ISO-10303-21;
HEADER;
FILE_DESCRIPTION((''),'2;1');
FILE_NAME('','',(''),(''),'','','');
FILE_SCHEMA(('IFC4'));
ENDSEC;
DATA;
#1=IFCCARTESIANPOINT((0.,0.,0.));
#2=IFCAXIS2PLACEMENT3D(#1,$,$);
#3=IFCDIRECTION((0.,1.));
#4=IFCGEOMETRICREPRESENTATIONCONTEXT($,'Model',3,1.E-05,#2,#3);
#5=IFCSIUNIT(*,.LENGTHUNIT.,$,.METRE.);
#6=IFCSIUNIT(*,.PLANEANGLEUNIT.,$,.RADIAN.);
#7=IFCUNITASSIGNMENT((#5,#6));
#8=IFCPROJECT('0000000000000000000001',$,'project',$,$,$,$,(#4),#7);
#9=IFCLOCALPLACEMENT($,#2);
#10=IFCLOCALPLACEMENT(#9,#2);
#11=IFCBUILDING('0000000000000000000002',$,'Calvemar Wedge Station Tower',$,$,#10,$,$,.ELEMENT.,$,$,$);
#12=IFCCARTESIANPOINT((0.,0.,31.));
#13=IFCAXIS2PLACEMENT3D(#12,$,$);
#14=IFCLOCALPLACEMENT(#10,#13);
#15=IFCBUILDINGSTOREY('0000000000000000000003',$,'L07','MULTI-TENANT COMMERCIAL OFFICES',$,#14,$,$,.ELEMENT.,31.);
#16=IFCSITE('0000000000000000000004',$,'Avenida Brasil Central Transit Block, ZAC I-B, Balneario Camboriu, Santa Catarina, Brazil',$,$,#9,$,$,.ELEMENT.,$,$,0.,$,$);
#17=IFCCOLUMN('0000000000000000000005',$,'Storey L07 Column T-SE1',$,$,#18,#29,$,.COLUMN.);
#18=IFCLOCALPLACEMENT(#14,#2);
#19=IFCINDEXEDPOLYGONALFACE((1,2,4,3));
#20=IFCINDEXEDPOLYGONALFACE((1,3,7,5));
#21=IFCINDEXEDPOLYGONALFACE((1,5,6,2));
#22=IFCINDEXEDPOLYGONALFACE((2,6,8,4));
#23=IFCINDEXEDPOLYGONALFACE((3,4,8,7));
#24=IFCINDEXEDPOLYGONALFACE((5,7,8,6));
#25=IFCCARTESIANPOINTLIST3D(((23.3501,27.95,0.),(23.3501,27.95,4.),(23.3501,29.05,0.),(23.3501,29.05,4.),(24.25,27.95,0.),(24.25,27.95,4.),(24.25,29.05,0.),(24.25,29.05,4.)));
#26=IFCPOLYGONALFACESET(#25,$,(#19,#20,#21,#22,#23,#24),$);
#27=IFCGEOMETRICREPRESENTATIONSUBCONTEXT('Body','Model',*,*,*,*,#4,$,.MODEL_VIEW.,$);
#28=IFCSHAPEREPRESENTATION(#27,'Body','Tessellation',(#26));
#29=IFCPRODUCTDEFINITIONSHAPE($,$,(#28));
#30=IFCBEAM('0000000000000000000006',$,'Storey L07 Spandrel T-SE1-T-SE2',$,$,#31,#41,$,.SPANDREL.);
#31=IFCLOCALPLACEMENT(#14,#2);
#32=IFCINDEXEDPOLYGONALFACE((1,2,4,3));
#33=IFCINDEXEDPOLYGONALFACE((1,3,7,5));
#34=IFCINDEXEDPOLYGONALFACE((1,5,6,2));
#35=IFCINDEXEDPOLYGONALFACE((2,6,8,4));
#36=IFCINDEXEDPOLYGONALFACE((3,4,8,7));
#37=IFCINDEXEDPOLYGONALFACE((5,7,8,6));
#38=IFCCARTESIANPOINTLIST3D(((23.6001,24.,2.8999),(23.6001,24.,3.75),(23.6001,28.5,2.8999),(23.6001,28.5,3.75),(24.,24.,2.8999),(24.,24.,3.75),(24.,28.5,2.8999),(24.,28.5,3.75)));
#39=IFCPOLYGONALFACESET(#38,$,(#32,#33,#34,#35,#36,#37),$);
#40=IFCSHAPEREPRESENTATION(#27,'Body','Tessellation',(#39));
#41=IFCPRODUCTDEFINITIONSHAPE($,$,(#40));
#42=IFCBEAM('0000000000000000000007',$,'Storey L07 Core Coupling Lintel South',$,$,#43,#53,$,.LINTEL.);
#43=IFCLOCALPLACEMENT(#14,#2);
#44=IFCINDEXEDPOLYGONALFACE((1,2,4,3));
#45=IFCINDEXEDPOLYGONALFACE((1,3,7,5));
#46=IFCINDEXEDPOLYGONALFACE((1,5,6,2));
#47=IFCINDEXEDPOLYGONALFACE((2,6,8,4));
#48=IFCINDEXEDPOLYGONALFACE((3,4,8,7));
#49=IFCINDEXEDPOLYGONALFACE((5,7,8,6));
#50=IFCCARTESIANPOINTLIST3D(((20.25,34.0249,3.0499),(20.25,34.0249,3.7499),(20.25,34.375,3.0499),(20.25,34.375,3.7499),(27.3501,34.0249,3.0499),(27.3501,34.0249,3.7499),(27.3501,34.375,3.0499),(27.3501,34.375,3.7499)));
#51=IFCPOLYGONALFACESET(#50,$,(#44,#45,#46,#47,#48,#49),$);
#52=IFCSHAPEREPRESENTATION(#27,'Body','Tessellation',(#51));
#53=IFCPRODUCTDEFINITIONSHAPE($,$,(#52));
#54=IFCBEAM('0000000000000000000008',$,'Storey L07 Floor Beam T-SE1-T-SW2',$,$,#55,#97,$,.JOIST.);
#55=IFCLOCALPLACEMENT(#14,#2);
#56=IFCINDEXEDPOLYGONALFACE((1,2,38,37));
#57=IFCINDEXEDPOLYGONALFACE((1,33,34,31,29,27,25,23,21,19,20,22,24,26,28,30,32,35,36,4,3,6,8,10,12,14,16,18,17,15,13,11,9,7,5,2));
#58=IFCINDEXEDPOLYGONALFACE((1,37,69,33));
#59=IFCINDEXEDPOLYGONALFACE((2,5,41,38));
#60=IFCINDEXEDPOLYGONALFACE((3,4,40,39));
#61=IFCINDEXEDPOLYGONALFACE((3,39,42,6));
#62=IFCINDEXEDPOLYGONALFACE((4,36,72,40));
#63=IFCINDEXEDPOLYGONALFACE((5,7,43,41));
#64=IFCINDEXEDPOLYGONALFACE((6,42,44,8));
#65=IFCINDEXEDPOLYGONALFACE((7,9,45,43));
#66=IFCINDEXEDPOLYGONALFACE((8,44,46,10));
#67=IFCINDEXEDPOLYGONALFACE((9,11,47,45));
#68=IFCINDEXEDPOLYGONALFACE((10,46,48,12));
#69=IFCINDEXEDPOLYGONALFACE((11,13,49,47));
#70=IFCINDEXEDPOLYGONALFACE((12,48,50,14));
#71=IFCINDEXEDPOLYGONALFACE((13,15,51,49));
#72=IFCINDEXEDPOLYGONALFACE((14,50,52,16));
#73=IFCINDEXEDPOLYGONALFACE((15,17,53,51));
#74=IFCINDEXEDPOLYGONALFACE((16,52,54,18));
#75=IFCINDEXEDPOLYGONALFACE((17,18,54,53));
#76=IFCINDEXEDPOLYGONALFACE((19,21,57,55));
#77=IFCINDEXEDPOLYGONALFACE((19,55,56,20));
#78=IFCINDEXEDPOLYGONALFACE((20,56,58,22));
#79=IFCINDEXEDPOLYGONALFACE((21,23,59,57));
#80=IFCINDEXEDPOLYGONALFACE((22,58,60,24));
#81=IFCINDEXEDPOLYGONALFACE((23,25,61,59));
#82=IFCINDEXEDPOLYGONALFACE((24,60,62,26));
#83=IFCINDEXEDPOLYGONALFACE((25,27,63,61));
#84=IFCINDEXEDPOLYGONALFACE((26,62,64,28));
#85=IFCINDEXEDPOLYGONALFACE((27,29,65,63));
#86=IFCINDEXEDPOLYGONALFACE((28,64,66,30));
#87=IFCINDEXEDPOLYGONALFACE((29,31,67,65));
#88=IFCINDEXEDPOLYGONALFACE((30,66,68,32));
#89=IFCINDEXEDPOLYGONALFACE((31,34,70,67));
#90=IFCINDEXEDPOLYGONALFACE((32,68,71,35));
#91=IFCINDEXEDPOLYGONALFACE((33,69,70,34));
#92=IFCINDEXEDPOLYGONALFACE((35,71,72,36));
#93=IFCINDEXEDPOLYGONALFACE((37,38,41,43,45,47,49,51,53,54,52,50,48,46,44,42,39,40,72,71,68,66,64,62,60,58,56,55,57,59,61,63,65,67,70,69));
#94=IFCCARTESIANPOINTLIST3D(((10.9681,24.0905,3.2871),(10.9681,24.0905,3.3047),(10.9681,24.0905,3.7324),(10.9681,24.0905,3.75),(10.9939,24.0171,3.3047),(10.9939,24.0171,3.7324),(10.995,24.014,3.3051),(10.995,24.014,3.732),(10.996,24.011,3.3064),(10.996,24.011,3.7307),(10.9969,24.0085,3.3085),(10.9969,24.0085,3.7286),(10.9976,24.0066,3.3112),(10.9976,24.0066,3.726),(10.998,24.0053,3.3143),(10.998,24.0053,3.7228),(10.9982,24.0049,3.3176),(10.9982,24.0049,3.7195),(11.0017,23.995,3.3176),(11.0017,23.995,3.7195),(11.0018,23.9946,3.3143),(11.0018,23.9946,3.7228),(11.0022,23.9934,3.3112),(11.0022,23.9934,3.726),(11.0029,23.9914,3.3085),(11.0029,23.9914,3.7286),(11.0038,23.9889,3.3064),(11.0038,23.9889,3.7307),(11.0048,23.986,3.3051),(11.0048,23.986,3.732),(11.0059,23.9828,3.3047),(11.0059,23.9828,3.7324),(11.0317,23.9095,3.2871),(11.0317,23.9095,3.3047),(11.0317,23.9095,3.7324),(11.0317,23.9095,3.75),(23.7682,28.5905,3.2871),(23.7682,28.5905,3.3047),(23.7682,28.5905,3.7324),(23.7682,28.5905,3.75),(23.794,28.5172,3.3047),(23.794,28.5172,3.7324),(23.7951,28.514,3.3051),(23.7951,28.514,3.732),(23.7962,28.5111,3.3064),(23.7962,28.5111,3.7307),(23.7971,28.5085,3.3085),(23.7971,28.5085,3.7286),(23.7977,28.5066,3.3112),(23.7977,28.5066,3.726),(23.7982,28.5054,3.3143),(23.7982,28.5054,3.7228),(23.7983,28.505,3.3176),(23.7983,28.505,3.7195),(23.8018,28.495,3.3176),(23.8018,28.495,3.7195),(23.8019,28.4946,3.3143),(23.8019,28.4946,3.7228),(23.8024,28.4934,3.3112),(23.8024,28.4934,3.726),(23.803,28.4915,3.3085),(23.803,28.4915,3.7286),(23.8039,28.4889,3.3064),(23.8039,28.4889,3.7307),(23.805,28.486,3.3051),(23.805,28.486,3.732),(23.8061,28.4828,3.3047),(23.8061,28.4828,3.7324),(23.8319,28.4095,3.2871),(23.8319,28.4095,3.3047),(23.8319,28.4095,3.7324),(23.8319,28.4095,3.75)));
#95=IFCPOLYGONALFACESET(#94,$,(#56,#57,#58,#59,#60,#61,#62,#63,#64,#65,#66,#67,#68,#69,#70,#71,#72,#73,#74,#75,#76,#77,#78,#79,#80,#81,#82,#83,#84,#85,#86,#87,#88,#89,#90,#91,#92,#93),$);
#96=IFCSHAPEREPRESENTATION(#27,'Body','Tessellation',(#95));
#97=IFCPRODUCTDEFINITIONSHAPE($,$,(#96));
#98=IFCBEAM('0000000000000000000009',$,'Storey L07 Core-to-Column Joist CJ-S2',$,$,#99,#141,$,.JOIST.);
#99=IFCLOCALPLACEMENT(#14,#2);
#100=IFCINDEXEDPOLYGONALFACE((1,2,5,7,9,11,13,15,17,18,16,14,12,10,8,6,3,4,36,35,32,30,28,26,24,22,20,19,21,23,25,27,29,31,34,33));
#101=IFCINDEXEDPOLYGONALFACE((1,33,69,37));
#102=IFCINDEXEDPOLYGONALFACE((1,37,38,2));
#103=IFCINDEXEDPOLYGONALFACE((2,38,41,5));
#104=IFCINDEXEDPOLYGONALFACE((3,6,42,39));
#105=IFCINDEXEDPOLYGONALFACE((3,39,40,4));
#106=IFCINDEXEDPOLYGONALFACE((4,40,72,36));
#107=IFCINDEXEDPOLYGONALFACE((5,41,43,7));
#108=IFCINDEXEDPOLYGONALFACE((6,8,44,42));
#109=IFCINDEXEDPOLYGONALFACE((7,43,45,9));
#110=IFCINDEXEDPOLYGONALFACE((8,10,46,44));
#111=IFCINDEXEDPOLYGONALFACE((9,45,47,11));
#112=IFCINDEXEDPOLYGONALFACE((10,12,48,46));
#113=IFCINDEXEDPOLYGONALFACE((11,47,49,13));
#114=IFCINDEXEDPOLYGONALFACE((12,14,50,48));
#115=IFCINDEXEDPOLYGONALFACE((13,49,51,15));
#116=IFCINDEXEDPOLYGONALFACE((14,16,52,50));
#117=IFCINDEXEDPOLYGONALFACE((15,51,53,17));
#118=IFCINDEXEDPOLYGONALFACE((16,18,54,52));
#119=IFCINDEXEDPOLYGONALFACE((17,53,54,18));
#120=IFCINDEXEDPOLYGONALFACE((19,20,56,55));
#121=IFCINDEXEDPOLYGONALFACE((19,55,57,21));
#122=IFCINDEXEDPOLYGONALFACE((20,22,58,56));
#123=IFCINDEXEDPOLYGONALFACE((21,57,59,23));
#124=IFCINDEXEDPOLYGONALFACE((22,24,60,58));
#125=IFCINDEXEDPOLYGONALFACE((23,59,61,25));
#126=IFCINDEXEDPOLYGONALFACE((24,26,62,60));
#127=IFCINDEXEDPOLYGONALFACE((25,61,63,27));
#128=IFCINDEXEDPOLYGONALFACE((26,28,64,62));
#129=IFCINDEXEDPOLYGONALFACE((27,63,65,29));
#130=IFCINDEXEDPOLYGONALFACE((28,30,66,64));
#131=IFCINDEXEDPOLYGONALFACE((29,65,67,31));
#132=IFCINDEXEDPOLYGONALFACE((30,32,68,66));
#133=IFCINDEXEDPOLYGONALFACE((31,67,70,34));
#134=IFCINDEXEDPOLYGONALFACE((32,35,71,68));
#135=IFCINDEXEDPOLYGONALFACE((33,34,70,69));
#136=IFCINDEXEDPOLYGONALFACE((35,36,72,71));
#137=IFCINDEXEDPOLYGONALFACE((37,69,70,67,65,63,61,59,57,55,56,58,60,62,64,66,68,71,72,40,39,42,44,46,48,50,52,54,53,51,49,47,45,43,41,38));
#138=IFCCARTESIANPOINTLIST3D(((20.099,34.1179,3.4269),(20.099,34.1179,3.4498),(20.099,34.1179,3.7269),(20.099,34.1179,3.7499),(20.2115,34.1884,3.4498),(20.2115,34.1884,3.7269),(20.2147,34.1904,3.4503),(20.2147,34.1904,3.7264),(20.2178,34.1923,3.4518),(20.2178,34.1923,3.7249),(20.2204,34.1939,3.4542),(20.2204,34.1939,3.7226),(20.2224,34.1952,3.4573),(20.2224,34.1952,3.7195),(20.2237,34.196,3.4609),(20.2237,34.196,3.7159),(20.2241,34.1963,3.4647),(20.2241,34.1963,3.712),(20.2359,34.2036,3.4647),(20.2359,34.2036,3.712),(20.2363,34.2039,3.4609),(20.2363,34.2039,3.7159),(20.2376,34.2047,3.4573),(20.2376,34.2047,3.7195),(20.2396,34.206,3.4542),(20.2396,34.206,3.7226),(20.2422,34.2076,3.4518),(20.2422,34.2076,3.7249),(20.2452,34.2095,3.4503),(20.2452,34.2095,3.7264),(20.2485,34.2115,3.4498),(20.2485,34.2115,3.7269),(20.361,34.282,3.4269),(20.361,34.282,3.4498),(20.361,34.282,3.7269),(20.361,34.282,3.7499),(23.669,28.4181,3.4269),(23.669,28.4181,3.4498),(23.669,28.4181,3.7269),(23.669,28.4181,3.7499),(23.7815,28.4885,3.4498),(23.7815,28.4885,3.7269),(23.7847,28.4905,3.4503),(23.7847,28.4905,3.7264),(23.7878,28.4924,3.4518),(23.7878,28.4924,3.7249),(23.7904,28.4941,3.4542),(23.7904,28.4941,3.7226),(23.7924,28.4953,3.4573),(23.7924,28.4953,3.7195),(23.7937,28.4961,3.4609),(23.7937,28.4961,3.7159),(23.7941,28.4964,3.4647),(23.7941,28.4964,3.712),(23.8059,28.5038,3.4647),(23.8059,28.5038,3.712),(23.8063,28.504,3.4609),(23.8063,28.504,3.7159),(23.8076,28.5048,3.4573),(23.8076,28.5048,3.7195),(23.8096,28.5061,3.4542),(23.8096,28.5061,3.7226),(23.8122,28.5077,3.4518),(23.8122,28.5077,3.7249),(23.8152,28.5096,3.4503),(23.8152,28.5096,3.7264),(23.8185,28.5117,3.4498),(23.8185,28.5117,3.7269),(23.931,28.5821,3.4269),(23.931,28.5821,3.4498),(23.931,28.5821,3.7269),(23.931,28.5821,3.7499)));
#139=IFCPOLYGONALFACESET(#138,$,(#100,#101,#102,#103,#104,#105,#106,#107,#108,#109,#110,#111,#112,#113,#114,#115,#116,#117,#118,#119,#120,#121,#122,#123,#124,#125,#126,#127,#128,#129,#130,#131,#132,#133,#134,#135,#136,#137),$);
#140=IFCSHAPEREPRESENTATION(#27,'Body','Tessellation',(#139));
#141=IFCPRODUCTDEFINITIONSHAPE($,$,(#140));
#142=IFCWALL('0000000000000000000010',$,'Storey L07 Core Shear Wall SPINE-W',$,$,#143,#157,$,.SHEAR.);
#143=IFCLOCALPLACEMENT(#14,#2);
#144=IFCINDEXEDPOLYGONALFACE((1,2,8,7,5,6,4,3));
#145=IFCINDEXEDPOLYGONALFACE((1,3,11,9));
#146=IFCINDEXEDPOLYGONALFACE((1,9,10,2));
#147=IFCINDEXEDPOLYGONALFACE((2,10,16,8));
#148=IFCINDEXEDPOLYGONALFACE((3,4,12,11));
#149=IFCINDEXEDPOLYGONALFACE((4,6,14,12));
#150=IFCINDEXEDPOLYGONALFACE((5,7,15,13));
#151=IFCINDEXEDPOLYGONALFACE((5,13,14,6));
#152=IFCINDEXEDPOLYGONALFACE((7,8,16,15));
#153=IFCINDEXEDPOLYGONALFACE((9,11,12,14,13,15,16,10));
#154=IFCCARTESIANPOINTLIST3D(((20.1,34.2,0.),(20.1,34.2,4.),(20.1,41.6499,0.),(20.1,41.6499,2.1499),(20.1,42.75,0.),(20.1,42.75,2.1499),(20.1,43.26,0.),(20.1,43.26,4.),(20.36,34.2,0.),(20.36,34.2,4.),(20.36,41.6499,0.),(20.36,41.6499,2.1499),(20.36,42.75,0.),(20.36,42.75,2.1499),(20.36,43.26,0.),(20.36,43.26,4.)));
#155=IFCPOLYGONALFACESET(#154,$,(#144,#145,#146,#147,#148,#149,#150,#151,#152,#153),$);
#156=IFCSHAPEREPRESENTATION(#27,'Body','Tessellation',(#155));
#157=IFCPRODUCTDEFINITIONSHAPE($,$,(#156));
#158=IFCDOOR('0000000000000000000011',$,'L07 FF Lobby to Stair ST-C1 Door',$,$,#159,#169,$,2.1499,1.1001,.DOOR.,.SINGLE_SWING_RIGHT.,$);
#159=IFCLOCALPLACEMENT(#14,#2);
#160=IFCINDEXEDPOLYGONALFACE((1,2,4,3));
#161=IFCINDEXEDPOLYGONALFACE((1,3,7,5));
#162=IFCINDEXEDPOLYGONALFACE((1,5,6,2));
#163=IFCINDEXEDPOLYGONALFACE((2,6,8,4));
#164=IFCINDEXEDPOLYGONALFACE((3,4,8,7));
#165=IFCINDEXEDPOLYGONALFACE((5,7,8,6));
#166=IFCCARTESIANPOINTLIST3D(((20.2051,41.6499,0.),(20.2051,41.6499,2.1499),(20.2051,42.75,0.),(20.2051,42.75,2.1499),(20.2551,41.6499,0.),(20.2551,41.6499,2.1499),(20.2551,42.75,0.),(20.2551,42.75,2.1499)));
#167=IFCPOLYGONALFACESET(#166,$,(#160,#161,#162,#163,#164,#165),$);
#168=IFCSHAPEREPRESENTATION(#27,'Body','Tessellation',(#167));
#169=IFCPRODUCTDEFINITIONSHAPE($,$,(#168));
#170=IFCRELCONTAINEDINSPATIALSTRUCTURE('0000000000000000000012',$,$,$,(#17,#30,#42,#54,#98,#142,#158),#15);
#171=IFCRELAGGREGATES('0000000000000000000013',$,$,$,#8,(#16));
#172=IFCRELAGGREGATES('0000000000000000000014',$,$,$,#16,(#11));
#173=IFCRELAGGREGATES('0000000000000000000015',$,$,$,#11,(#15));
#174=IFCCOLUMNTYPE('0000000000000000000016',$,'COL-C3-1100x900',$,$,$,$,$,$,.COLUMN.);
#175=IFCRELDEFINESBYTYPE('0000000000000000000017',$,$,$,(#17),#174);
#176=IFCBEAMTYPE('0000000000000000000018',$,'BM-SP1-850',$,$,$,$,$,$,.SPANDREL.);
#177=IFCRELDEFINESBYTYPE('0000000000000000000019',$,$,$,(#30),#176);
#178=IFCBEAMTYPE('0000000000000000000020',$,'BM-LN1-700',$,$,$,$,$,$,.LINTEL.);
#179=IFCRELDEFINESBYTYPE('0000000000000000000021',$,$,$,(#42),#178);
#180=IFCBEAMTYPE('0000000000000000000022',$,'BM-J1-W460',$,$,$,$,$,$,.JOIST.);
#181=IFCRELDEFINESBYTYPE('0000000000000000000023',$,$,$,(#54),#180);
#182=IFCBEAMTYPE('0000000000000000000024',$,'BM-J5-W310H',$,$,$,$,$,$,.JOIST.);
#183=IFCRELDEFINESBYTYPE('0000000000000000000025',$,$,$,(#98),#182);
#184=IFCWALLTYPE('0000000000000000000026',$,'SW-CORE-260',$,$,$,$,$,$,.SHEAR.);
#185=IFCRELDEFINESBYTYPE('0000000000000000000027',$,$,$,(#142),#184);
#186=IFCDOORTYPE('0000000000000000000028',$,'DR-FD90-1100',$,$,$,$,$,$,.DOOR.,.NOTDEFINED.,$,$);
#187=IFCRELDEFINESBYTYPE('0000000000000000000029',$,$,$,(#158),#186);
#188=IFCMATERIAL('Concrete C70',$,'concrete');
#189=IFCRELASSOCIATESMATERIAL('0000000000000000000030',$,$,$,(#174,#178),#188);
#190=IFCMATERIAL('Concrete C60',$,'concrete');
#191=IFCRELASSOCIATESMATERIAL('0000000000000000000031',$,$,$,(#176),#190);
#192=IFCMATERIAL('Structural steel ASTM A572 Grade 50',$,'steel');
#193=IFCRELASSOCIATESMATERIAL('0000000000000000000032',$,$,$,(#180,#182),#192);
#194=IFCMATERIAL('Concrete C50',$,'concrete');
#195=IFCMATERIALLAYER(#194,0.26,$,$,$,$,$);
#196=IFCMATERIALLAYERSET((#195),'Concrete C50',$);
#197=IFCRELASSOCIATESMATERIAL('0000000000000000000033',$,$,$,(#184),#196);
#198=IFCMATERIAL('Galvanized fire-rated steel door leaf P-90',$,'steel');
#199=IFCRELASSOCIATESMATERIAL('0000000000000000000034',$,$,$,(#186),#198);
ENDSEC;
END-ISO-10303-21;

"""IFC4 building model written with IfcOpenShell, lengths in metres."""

from ifc_helpers import new_model, si_unit, direction, frame, frame_2d, origin, origin_2d, place, context, subcontext, project, spatial, rectangle, i_section, extrude, source, transform, mapped, material, layer, layer_set, material_profile, profile_set, type_object, element, fill, save


model = new_model("IFC4")

# Units and contexts
model_context = context("Model", 3, precision=1e-05, world=origin(), true_north=direction((0.0, 1.0)))
body_context = subcontext(model_context, "Body", "Model", "MODEL_VIEW")
ifc_project = project(units=[si_unit("LENGTHUNIT", "METRE"), si_unit("PLANEANGLEUNIT", "RADIAN")], contexts=[model_context])

# Site, building, storey
site_placement = place(None, origin())
site = spatial("IfcSite", under=ifc_project, at=site_placement, Name="Avenida Brasil Central Transit Block, ZAC I-B, Balneario Camboriu, Santa Catarina, Brazil", CompositionType="ELEMENT", RefElevation=0.0)
building_placement = place(site_placement, origin())
building = spatial("IfcBuilding", under=site, at=building_placement, Name="Calvemar Wedge Station Tower", CompositionType="ELEMENT")
storey_placement = place(building_placement, frame((0.0, 0.0, 31.0)))
storey = spatial("IfcBuildingStorey", under=building, at=storey_placement, Name="L07", Description="MULTI-TENANT COMMERCIAL OFFICES", CompositionType="ELEMENT", Elevation=31.0)

# Column
ifc_material_1 = material(Name="Concrete C70", Category="concrete")
ifc_material_profile_1 = material_profile(ifc_material_1, rectangle(XDim=0.8999, YDim=1.1001, at=origin_2d()), Name="RC1100x900")
ifc_profile_set_1 = profile_set([ifc_material_profile_1], Name="Concrete C70")
column_type = type_object("IfcColumnType", Name="COL-C3-1100x900", PredefinedType="COLUMN", material=ifc_profile_set_1)
shared_shape_1 = source(origin(), body_context, "Body", "SweptSolid", [
    extrude(rectangle(XDim=0.8999, YDim=1.1001, at=origin_2d()), origin(), (0.0, 0.0, 1.0), 4.0),
])
column_placement = place(storey_placement, frame((23.8, 28.5, 0.0), z_axis=(0.0, 0.0, 1.0), x_axis=(1.0, 0.0, 0.0)))
element("IfcColumn", 1, at=column_placement, inside=storey, type_object=column_type, Name="Storey L07 Column T-SE1", PredefinedType="COLUMN", context=body_context, shape_type="MappedRepresentation", body=[
    mapped(shared_shape_1, transform((0.0, 0.0, 0.0), scale=1.0)),
])

# Beams
ifc_material_2 = material(Name="Concrete C60", Category="concrete")
ifc_material_profile_2 = material_profile(ifc_material_2, rectangle(XDim=0.3999, YDim=0.8501, at=origin_2d()), Name="RC400x850")
ifc_profile_set_2 = profile_set([ifc_material_profile_2], Name="Concrete C60")
beam_type_1 = type_object("IfcBeamType", Name="BM-SP1-850", PredefinedType="SPANDREL", material=ifc_profile_set_2)
shared_shape_2 = source(origin(), body_context, "Body", "SweptSolid", [
    extrude(rectangle(XDim=0.3999, YDim=0.8501, at=origin_2d()), origin(), (0.0, 0.0, 1.0), 4.5),
])
beam_1_placement = place(storey_placement, frame((23.8, 28.5, 3.325), z_axis=(0.0, -1.0, 0.0), x_axis=(1.0, 0.0, 0.0)))
element("IfcBeam", 2, at=beam_1_placement, inside=storey, type_object=beam_type_1, Name="Storey L07 Spandrel T-SE1-T-SE2", PredefinedType="SPANDREL", context=body_context, shape_type="MappedRepresentation", body=[
    mapped(shared_shape_2, transform((0.0, 0.0, 0.0), scale=1.0)),
])
ifc_material_profile_3 = material_profile(ifc_material_1, rectangle(XDim=0.3501, YDim=0.7, at=origin_2d()), Name="RC350x700")
ifc_profile_set_3 = profile_set([ifc_material_profile_3], Name="Concrete C70")
beam_type_2 = type_object("IfcBeamType", Name="BM-LN1-700", PredefinedType="LINTEL", material=ifc_profile_set_3)
shared_shape_3 = source(origin(), body_context, "Body", "SweptSolid", [
    extrude(rectangle(XDim=0.3501, YDim=0.7, at=origin_2d()), origin(), (0.0, 0.0, 1.0), 7.1001),
])
beam_2_placement = place(storey_placement, frame((20.25, 34.2, 3.3999), z_axis=(1.0, 0.0, 0.0), x_axis=(0.0, 1.0, 0.0)))
element("IfcBeam", 3, at=beam_2_placement, inside=storey, type_object=beam_type_2, Name="Storey L07 Core Coupling Lintel South", PredefinedType="LINTEL", context=body_context, shape_type="MappedRepresentation", body=[
    mapped(shared_shape_3, transform((0.0, 0.0, 0.0), scale=1.0)),
])
ifc_material_3 = material(Name="Structural steel ASTM A572 Grade 50", Category="steel")
ifc_material_profile_4 = material_profile(ifc_material_3, i_section(OverallWidth=0.1919, OverallDepth=0.4629, WebThickness=0.0105, FlangeThickness=0.0176, FilletRadius=0.0129, at=origin_2d()), Name="W460x89")
ifc_profile_set_4 = profile_set([ifc_material_profile_4], Name="Structural steel ASTM A572 Grade 50")
beam_type_3 = type_object("IfcBeamType", Name="BM-J1-W460", PredefinedType="JOIST", material=ifc_profile_set_4)
shared_shape_4 = source(origin(), body_context, "Body", "SweptSolid", [
    extrude(i_section(OverallWidth=0.1919, OverallDepth=0.4629, WebThickness=0.0105, FlangeThickness=0.0176, FilletRadius=0.0129, at=origin_2d()), origin(), (0.0, 0.0, 1.0), 13.5681),
])
beam_3_placement = place(storey_placement, frame((23.8, 28.5, 3.5186), z_axis=(-0.943398, -0.331662, 0.0), x_axis=(0.331662, -0.943398, 0.0)))
element("IfcBeam", 4, at=beam_3_placement, inside=storey, type_object=beam_type_3, Name="Storey L07 Floor Beam T-SE1-T-SW2", PredefinedType="JOIST", context=body_context, shape_type="MappedRepresentation", body=[
    mapped(shared_shape_4, transform((0.0, 0.0, 0.0), scale=1.0)),
])
ifc_material_profile_5 = material_profile(ifc_material_3, i_section(OverallWidth=0.3091, OverallDepth=0.323, WebThickness=0.0139, FlangeThickness=0.0229, FilletRadius=0.0149, at=origin_2d()), Name="W310x143")
ifc_profile_set_5 = profile_set([ifc_material_profile_5], Name="Structural steel ASTM A572 Grade 50")
beam_type_4 = type_object("IfcBeamType", Name="BM-J5-W310H", PredefinedType="JOIST", material=ifc_profile_set_5)
shared_shape_5 = source(origin(), body_context, "Body", "SweptSolid", [
    extrude(i_section(OverallWidth=0.3091, OverallDepth=0.323, WebThickness=0.0139, FlangeThickness=0.0229, FilletRadius=0.0149, at=origin_2d()), origin(), (0.0, 0.0, 1.0), 6.7256),
])
beam_4_placement = place(storey_placement, frame((20.23, 34.2, 3.5884), z_axis=(0.530811, -0.84749, 0.0), x_axis=(0.84749, 0.530811, 0.0)))
element("IfcBeam", 5, at=beam_4_placement, inside=storey, type_object=beam_type_4, Name="Storey L07 Core-to-Column Joist CJ-S2", PredefinedType="JOIST", context=body_context, shape_type="MappedRepresentation", body=[
    mapped(shared_shape_5, transform((0.0, 0.0, 0.0), scale=1.0)),
])

# Wall, opening, door
ifc_material_4 = material(Name="Concrete C50", Category="concrete")
ifc_layer_1 = layer(ifc_material_4, 0.26)
ifc_layer_set_1 = layer_set([ifc_layer_1], Name="Concrete C50")
wall_type_1 = type_object("IfcWallType", Name="SW-CORE-260", PredefinedType="SHEAR", material=ifc_layer_set_1)
wall_1_placement = place(storey_placement, frame((20.23, 34.2, 0.0), z_axis=(0.0, 0.0, 1.0), x_axis=(0.0, 1.0, 0.0)))
wall_1 = element("IfcWall", 6, at=wall_1_placement, inside=storey, type_object=wall_type_1, Name="Storey L07 Core Shear Wall SPINE-W", PredefinedType="SHEAR", context=body_context, shape_type="SweptSolid", body=[
    extrude(rectangle(XDim=9.0601, YDim=0.26, at=frame_2d((4.53, 0.0))), origin(), (0.0, 0.0, 1.0), 4.0),
])
shared_shape_6 = source(origin(), body_context, "Body", "SweptSolid", [
    extrude(rectangle(XDim=1.1001, YDim=2.1499, at=frame_2d((0.55, 1.075))), frame((0.0, 0.1401, 0.0), z_axis=(0.0, -1.0, 0.0), x_axis=(1.0, 0.0, 0.0)), (0.0, 0.0, 1.0), 0.28),
])
opening_1_placement = place(wall_1_placement, frame((7.45, 0.0, 0.0)))
opening_1 = element("IfcOpeningElement", 7, at=opening_1_placement, cuts=wall_1, PredefinedType="OPENING", context=body_context, shape_type="MappedRepresentation", body=[
    mapped(shared_shape_6, transform((0.0, 0.0, 0.0), scale=1.0)),
])
ifc_material_5 = material(Name="Galvanized fire-rated steel door leaf P-90", Category="steel")
door_type_1 = type_object("IfcDoorType", Name="DR-FD90-1100", OperationType="NOTDEFINED", PredefinedType="DOOR", material=ifc_material_5)
shared_shape_7 = source(origin(), body_context, "Body", "SweptSolid", [
    extrude(rectangle(XDim=1.1001, YDim=2.1499, at=frame_2d((0.55, 1.075))), frame((0.0, 0.0249, 0.0), z_axis=(0.0, -1.0, 0.0), x_axis=(1.0, 0.0, 0.0)), (0.0, 0.0, 1.0), 0.05),
])
door_1_placement = place(opening_1_placement, origin())
door_1 = element("IfcDoor", 8, at=door_1_placement, inside=storey, type_object=door_type_1, Name="L07 FF Lobby to Stair ST-C1 Door", OperationType="SINGLE_SWING_RIGHT", OverallHeight=2.1499, OverallWidth=1.1001, PredefinedType="DOOR", context=body_context, shape_type="MappedRepresentation", body=[
    mapped(shared_shape_7, transform((0.0, 0.0, 0.0), scale=1.0)),
])
fill(opening_1, door_1)

save(model, "model.ifc")
